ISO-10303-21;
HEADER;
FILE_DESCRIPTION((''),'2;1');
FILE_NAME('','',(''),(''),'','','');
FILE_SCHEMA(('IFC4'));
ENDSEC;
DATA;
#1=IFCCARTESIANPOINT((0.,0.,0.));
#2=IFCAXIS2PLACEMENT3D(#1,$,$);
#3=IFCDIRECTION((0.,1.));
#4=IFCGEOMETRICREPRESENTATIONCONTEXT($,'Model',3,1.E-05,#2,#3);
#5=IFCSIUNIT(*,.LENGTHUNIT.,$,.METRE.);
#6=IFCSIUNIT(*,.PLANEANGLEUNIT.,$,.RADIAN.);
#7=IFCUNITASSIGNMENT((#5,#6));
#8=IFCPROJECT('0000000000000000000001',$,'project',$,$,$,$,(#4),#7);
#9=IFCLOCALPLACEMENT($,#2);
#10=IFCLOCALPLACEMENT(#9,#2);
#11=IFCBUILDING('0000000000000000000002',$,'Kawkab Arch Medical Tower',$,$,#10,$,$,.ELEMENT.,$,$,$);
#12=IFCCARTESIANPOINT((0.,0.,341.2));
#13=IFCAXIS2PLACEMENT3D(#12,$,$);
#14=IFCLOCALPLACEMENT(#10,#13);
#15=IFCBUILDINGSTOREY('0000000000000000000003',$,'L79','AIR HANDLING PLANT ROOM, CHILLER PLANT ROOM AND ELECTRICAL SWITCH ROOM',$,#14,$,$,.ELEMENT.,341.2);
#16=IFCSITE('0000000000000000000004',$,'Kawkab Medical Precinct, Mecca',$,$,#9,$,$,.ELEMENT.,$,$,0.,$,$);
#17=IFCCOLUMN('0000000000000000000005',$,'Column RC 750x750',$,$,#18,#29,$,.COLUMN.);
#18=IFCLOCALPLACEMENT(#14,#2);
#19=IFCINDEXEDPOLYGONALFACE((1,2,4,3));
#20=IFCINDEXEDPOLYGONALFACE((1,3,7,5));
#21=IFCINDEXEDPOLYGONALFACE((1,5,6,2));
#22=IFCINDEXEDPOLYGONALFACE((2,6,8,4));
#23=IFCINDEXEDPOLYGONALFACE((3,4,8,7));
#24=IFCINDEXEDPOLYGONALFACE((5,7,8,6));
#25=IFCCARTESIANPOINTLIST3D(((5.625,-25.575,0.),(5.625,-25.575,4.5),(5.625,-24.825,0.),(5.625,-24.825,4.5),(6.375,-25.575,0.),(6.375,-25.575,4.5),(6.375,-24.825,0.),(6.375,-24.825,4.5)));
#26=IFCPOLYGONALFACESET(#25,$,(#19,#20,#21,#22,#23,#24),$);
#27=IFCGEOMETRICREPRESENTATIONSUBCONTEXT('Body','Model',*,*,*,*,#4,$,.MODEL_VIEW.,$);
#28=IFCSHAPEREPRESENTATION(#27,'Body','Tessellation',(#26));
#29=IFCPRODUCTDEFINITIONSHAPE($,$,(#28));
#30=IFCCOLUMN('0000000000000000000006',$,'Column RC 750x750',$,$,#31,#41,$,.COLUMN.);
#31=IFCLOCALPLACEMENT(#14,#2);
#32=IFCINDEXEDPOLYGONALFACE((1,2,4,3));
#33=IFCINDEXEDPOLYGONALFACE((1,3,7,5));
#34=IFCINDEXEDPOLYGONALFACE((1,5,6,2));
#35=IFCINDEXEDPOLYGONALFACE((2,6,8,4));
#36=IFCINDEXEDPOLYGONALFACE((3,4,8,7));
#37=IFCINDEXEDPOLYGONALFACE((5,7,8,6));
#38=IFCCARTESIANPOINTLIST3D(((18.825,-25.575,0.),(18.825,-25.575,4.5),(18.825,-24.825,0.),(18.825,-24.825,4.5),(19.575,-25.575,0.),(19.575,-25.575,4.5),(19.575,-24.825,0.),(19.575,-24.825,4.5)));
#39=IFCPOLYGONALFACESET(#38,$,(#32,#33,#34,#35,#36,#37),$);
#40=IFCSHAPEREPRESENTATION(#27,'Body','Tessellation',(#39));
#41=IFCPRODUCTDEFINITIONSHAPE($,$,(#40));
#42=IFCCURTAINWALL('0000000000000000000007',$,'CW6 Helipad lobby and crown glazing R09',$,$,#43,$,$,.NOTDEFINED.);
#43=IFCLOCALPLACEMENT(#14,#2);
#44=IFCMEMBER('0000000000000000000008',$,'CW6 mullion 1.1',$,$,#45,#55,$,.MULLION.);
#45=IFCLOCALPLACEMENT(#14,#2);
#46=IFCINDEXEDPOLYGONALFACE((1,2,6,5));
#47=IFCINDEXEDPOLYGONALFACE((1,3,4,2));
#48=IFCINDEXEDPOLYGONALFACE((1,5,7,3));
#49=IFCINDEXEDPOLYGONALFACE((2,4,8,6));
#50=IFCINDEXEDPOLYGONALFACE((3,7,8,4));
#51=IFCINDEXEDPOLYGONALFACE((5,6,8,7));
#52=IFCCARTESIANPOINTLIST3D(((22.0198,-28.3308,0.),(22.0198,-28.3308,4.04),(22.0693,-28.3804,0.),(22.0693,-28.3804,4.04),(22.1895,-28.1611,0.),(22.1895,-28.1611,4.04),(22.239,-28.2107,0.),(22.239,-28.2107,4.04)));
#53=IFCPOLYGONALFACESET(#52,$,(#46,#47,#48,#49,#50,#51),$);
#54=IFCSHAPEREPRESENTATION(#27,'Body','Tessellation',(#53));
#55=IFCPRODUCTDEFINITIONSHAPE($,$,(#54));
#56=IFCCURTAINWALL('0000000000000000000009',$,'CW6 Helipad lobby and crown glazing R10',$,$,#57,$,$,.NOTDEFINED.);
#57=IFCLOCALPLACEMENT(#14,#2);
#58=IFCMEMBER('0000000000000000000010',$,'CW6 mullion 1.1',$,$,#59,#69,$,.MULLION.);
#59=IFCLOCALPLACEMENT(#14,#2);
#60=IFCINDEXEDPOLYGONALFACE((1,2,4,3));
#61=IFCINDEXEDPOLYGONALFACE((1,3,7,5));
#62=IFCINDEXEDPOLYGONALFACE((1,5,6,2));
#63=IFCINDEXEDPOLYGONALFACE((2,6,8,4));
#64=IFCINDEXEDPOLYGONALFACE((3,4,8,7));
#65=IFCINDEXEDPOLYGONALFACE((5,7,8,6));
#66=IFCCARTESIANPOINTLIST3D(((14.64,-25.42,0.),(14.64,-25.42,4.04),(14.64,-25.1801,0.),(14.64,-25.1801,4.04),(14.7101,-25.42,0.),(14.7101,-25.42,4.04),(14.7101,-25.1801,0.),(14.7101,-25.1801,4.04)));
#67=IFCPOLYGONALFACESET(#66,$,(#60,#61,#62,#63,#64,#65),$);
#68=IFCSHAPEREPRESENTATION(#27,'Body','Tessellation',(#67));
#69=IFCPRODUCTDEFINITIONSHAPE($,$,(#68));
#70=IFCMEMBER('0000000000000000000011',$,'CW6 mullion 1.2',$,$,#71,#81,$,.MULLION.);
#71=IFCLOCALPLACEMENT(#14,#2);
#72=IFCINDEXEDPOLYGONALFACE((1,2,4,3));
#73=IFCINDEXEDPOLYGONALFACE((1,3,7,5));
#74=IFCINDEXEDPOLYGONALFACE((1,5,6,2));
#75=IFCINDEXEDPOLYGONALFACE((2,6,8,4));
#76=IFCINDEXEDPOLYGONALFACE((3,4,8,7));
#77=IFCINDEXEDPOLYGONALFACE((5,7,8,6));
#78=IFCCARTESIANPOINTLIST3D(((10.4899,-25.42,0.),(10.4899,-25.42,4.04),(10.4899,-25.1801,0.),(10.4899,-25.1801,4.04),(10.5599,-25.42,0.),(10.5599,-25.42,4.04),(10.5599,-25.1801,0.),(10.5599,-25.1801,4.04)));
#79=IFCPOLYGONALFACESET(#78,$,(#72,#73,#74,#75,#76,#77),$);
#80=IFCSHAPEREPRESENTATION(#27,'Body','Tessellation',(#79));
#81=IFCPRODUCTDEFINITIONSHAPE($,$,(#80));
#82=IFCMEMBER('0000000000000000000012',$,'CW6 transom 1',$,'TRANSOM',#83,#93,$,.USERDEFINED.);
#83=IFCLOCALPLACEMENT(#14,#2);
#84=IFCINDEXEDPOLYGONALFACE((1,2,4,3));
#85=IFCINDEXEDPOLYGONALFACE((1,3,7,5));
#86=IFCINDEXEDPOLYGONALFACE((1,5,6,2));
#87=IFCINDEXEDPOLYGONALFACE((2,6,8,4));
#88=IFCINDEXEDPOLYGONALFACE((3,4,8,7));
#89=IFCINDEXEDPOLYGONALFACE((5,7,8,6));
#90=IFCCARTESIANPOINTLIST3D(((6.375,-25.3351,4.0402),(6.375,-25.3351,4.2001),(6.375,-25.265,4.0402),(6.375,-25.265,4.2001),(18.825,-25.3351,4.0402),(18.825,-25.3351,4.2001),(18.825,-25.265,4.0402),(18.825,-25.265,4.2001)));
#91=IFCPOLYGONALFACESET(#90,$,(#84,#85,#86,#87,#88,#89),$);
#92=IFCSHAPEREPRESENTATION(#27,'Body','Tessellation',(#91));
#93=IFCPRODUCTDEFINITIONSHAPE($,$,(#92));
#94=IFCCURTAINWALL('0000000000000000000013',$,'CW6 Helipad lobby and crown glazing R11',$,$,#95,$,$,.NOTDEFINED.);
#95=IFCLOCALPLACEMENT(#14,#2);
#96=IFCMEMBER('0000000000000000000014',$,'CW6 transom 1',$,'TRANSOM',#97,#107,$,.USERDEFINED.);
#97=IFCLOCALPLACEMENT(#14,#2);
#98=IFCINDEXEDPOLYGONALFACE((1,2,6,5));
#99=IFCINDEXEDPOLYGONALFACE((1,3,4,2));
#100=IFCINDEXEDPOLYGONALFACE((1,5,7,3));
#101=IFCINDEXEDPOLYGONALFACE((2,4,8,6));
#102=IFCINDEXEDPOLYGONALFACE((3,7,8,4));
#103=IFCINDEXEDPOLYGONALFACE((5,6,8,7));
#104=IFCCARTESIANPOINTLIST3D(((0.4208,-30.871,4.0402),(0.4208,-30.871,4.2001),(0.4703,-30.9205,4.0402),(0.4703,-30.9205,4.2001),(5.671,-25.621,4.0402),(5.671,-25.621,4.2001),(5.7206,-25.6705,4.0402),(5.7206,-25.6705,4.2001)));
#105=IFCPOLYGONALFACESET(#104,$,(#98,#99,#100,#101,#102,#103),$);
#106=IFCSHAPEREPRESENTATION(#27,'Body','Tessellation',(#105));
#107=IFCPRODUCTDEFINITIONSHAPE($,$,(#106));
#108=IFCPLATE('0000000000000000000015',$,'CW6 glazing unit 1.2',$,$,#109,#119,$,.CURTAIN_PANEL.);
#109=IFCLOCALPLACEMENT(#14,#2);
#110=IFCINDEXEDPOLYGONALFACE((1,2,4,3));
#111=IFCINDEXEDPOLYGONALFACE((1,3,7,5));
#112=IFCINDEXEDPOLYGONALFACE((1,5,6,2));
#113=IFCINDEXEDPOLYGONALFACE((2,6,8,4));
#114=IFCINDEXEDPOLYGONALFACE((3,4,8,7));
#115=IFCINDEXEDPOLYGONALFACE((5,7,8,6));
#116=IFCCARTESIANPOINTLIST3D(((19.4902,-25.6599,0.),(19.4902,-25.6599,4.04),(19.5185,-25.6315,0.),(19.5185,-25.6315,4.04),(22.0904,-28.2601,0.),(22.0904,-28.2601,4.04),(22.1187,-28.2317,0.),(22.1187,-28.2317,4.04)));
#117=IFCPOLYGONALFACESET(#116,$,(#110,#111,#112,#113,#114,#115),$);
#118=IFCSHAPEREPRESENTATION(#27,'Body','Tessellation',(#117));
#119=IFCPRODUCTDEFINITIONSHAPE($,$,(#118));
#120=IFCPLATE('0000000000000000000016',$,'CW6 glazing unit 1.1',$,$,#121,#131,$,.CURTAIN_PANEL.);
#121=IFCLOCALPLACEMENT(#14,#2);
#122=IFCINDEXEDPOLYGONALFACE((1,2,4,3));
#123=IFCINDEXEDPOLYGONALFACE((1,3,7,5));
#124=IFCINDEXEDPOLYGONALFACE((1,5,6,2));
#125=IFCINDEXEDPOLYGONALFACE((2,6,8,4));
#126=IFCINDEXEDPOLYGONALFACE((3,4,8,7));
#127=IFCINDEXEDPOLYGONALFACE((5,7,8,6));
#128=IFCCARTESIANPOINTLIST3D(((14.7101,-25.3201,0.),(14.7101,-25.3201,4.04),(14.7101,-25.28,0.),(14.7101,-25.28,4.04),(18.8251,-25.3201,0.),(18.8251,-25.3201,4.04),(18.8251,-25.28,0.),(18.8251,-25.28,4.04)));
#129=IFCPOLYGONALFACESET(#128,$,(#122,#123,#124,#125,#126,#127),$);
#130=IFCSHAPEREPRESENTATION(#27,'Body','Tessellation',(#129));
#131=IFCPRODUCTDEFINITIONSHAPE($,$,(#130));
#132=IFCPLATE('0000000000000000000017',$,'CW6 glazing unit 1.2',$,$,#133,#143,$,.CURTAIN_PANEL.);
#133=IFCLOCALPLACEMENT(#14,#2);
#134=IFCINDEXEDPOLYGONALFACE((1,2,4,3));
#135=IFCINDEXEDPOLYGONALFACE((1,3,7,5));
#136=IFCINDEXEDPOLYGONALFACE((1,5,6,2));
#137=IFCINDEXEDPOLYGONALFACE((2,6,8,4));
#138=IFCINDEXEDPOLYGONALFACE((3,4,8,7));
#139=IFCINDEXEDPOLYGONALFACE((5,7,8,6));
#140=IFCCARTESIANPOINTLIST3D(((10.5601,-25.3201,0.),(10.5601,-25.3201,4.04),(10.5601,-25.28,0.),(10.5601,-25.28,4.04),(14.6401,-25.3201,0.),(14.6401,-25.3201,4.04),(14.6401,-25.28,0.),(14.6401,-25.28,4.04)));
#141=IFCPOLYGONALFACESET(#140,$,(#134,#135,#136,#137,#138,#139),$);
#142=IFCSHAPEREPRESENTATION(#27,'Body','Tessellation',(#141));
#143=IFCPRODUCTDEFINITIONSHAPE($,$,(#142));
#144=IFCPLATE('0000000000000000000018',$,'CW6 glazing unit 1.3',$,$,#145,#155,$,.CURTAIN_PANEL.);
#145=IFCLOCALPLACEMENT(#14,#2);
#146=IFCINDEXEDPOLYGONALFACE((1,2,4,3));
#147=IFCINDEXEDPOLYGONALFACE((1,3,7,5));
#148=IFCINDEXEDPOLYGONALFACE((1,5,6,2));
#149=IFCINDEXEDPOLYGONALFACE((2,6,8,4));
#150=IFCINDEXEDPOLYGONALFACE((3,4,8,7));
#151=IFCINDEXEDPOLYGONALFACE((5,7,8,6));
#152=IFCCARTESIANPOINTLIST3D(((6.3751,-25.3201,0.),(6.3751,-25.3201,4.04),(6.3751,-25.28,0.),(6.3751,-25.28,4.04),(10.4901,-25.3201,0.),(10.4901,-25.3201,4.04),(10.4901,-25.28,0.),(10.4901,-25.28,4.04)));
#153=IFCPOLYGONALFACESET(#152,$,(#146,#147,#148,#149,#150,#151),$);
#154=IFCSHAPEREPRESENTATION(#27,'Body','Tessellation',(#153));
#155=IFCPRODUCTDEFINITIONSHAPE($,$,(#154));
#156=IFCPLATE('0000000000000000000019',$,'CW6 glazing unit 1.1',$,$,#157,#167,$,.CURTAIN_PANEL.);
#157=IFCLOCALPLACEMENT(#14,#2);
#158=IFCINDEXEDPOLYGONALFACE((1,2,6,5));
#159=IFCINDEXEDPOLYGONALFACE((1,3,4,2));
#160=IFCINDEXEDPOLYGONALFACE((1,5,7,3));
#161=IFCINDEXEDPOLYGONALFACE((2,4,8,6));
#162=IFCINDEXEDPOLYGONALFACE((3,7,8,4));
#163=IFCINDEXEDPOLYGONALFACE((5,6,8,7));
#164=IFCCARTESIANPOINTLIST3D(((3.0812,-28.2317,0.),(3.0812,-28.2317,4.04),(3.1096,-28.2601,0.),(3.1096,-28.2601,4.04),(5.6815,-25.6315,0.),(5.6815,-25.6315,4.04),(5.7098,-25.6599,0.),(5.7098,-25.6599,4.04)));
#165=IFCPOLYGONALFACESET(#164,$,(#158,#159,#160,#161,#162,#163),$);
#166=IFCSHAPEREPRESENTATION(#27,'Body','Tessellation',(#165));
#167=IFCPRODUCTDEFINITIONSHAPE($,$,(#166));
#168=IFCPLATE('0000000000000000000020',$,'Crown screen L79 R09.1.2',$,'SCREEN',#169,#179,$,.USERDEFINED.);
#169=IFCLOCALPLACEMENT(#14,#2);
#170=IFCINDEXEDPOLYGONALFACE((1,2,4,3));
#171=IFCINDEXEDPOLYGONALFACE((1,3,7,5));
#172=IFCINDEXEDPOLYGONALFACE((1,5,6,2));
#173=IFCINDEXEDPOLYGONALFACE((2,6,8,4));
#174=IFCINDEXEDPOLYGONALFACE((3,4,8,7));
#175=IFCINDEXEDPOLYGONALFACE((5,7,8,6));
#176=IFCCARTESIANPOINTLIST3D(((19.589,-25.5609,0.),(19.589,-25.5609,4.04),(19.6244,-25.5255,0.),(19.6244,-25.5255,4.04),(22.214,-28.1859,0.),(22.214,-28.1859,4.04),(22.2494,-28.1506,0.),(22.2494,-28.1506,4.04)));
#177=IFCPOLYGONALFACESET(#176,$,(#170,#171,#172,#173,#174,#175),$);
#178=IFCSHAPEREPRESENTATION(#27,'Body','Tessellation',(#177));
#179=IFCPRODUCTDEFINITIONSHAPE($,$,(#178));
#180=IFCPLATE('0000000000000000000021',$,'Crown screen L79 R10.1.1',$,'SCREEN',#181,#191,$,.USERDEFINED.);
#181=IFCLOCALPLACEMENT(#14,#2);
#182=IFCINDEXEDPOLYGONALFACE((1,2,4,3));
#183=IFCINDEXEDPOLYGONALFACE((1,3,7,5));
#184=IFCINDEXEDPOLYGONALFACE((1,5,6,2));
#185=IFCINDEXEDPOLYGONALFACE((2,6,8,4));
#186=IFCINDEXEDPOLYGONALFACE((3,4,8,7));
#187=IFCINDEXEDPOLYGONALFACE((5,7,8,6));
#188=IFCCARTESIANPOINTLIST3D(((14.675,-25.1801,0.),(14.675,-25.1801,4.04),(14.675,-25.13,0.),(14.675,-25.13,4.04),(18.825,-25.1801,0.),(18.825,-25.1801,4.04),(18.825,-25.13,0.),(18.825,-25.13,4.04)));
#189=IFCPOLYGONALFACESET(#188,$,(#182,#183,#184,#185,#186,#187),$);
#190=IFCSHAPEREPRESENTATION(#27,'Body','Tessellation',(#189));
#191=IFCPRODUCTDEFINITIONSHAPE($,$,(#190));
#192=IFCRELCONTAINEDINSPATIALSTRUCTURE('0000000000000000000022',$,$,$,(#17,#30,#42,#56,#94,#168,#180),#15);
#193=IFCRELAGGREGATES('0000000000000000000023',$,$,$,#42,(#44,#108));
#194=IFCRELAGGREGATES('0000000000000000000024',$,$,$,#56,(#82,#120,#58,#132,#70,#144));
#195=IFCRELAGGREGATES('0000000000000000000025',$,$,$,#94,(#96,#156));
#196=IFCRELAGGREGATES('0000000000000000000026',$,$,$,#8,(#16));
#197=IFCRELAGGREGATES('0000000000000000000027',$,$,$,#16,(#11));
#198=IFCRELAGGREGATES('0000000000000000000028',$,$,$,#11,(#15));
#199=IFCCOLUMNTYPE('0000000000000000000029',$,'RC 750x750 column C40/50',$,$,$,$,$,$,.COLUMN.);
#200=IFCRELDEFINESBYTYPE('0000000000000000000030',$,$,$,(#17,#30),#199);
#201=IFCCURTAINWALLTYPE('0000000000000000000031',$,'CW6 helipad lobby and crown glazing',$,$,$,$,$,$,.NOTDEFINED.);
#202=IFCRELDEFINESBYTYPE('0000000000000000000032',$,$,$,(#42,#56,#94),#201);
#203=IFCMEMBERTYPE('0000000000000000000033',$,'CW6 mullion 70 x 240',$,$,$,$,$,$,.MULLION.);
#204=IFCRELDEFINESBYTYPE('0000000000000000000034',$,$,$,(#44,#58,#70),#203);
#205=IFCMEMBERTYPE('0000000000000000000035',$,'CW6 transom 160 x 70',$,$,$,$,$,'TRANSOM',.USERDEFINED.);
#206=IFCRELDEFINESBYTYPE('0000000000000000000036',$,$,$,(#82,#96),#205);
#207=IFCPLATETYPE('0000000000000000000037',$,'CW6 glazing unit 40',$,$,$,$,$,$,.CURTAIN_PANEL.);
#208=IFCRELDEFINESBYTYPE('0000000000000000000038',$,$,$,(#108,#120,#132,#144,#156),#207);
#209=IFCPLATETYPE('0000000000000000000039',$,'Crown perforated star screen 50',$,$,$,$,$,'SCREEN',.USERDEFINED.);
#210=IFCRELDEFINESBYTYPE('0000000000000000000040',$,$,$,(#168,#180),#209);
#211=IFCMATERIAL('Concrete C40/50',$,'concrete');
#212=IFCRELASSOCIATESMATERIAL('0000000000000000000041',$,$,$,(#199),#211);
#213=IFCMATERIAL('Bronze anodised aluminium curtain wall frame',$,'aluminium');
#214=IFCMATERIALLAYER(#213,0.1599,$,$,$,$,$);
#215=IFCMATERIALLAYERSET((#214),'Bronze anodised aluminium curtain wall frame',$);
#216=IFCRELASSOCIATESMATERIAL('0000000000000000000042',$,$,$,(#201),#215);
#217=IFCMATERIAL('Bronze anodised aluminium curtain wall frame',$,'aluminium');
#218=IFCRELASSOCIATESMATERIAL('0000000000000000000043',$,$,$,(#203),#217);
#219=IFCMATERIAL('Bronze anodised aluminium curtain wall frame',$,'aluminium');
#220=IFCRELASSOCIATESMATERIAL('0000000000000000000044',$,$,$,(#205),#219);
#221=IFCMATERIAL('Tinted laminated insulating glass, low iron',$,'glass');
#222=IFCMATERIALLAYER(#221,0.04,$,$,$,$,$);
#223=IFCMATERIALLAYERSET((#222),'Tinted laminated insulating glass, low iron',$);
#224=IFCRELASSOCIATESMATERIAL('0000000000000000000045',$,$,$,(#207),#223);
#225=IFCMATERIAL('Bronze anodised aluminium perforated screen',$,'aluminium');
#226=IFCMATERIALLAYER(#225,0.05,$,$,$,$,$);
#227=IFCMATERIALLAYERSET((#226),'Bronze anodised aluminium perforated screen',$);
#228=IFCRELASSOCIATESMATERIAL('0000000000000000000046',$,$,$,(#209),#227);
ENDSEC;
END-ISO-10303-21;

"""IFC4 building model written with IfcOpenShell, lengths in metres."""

from ifc_helpers import new_model, si_unit, direction, frame, origin, origin_2d, place, context, subcontext, project, spatial, rectangle, extrude, material, layer, layer_set, material_profile, profile_set, type_object, element, aggregate, save


model = new_model("IFC4")

# Units and contexts
model_context = context("Model", 3, precision=1e-05, world=origin(), true_north=direction((0.0, 1.0)))
body_context = subcontext(model_context, "Body", "Model", "MODEL_VIEW")
ifc_project = project(units=[si_unit("LENGTHUNIT", "METRE"), si_unit("PLANEANGLEUNIT", "RADIAN")], contexts=[model_context])

# Site, building, storey
site_placement = place(None, origin())
site = spatial("IfcSite", under=ifc_project, at=site_placement, Name="Kawkab Medical Precinct, Mecca", CompositionType="ELEMENT", RefElevation=0.0)
building_placement = place(site_placement, origin())
building = spatial("IfcBuilding", under=site, at=building_placement, Name="Kawkab Arch Medical Tower", CompositionType="ELEMENT")
storey_placement = place(building_placement, frame((0.0, 0.0, 341.2)))
storey = spatial("IfcBuildingStorey", under=building, at=storey_placement, Name="L79", Description="AIR HANDLING PLANT ROOM, CHILLER PLANT ROOM AND ELECTRICAL SWITCH ROOM", CompositionType="ELEMENT", Elevation=341.2)

# Columns
ifc_material_1 = material(Name="Concrete C40/50", Category="concrete")
ifc_material_profile_1 = material_profile(ifc_material_1, rectangle(XDim=0.75, YDim=0.75, at=origin_2d()), Name="RC 750x750")
ifc_profile_set_1 = profile_set([ifc_material_profile_1], Name="Concrete C40/50")
column_type = type_object("IfcColumnType", Name="RC 750x750 column C40/50", PredefinedType="COLUMN", material=ifc_profile_set_1)
for number, where, z_axis, x_axis, name in (
    (1, (6.0, -25.2, 0.0), (0.0, 0.0, 1.0), (1.0, 0.0, 0.0), "Column RC 750x750"),
    (2, (19.2, -25.2, 0.0), (0.0, 0.0, 1.0), (1.0, 0.0, 0.0), "Column RC 750x750"),
):
    element("IfcColumn", number, at=place(storey_placement, frame(where, z_axis=z_axis, x_axis=x_axis)), inside=storey, type_object=column_type, Name=name, PredefinedType="COLUMN", context=body_context, shape_type="SweptSolid", body=[
        extrude(rectangle(XDim=0.75, YDim=0.75, at=origin_2d()), origin(), (0.0, 0.0, 1.0), 4.5),
    ])

# Curtain wall, member
ifc_material_2 = material(Name="Bronze anodised aluminium curtain wall frame", Category="aluminium")
ifc_layer_1 = layer(ifc_material_2, 0.1599)
ifc_layer_set_1 = layer_set([ifc_layer_1], Name="Bronze anodised aluminium curtain wall frame")
curtain_wall_type = type_object("IfcCurtainWallType", Name="CW6 helipad lobby and crown glazing", PredefinedType="NOTDEFINED", material=ifc_layer_set_1)
placement_1 = place(storey_placement, origin())
curtain_wall_1 = element("IfcCurtainWall", 3, at=placement_1, inside=storey, type_object=curtain_wall_type, Name="CW6 Helipad lobby and crown glazing R09", PredefinedType="NOTDEFINED")
ifc_material_3 = material(Name="Bronze anodised aluminium curtain wall frame", Category="aluminium")
ifc_material_profile_2 = material_profile(ifc_material_3, rectangle(XDim=0.24, YDim=0.0701, at=origin_2d()), Name="AL 70x240")
ifc_profile_set_2 = profile_set([ifc_material_profile_2], Name="Bronze anodised aluminium curtain wall frame")
member_type_1 = type_object("IfcMemberType", Name="CW6 mullion 70 x 240", PredefinedType="MULLION", material=ifc_profile_set_2)
member_1_placement = place(storey_placement, frame((22.1294, -28.2708, 0.0), z_axis=(0.0, 0.0, 1.0), x_axis=(-0.707107, -0.707107, 0.0)))
member_1 = element("IfcMember", 4, at=member_1_placement, type_object=member_type_1, Name="CW6 mullion 1.1", PredefinedType="MULLION", context=body_context, shape_type="SweptSolid", body=[
    extrude(rectangle(XDim=0.24, YDim=0.0701, at=origin_2d()), origin(), (0.0, 0.0, 1.0), 4.04),
])

# Curtain wall, members
curtain_wall_2 = element("IfcCurtainWall", 5, at=placement_1, inside=storey, type_object=curtain_wall_type, Name="CW6 Helipad lobby and crown glazing R10", PredefinedType="NOTDEFINED")
member_2_placement = place(storey_placement, frame((14.675, -25.3, 0.0), z_axis=(0.0, 0.0, 1.0), x_axis=(0.0, -1.0, 0.0)))
member_2 = element("IfcMember", 6, at=member_2_placement, type_object=member_type_1, Name="CW6 mullion 1.1", PredefinedType="MULLION", context=body_context, shape_type="SweptSolid", body=[
    extrude(rectangle(XDim=0.24, YDim=0.0701, at=origin_2d()), origin(), (0.0, 0.0, 1.0), 4.04),
])
member_3_placement = place(storey_placement, frame((10.5249, -25.3, 0.0), z_axis=(0.0, 0.0, 1.0), x_axis=(0.0, -1.0, 0.0)))
member_3 = element("IfcMember", 7, at=member_3_placement, type_object=member_type_1, Name="CW6 mullion 1.2", PredefinedType="MULLION", context=body_context, shape_type="SweptSolid", body=[
    extrude(rectangle(XDim=0.24, YDim=0.0701, at=origin_2d()), origin(), (0.0, 0.0, 1.0), 4.04),
])
ifc_material_4 = material(Name="Bronze anodised aluminium curtain wall frame", Category="aluminium")
ifc_material_profile_3 = material_profile(ifc_material_4, rectangle(XDim=0.0701, YDim=0.1599, at=origin_2d()), Name="AL 70x160")
ifc_profile_set_3 = profile_set([ifc_material_profile_3], Name="Bronze anodised aluminium curtain wall frame")
member_type_2 = type_object("IfcMemberType", Name="CW6 transom 160 x 70", ElementType="TRANSOM", PredefinedType="USERDEFINED", material=ifc_profile_set_3)
member_4_placement = place(storey_placement, frame((18.825, -25.3, 4.1201), z_axis=(-1.0, 0.0, 0.0), x_axis=(0.0, -1.0, 0.0)))
member_4 = element("IfcMember", 8, at=member_4_placement, type_object=member_type_2, Name="CW6 transom 1", ObjectType="TRANSOM", PredefinedType="USERDEFINED", context=body_context, shape_type="SweptSolid", body=[
    extrude(rectangle(XDim=0.0701, YDim=0.1599, at=origin_2d()), origin(), (0.0, 0.0, 1.0), 12.45),
])

# Curtain wall, member
curtain_wall_3 = element("IfcCurtainWall", 9, at=placement_1, inside=storey, type_object=curtain_wall_type, Name="CW6 Helipad lobby and crown glazing R11", PredefinedType="NOTDEFINED")
member_5_placement = place(storey_placement, frame((5.6958, -25.6458, 4.1201), z_axis=(-0.707123, -0.70709, 0.0), x_axis=(0.70709, -0.707123, 0.0)))
member_5 = element("IfcMember", 10, at=member_5_placement, type_object=member_type_2, Name="CW6 transom 1", ObjectType="TRANSOM", PredefinedType="USERDEFINED", context=body_context, shape_type="SweptSolid", body=[
    extrude(rectangle(XDim=0.0701, YDim=0.1599, at=origin_2d()), origin(), (0.0, 0.0, 1.0), 7.4248),
])

# Plates
ifc_material_5 = material(Name="Tinted laminated insulating glass, low iron", Category="glass")
ifc_layer_2 = layer(ifc_material_5, 0.04)
ifc_layer_set_2 = layer_set([ifc_layer_2], Name="Tinted laminated insulating glass, low iron")
plate_type_1 = type_object("IfcPlateType", Name="CW6 glazing unit 40", PredefinedType="CURTAIN_PANEL", material=ifc_layer_set_2)
plate_1_placement = place(storey_placement, frame((20.8044, -26.9458, 0.0), z_axis=(0.0, 0.0, 1.0), x_axis=(-0.707107, 0.707107, 0.0)))
plate_1 = element("IfcPlate", 11, at=plate_1_placement, type_object=plate_type_1, Name="CW6 glazing unit 1.2", PredefinedType="CURTAIN_PANEL", context=body_context, shape_type="SweptSolid", body=[
    extrude(rectangle(XDim=3.6772, YDim=0.04, at=origin_2d()), origin(), (0.0, 0.0, 1.0), 4.04),
])
aggregate(curtain_wall_1, [member_1, plate_1])
plate_2_placement = place(storey_placement, frame((16.7676, -25.3, 0.0), z_axis=(0.0, 0.0, 1.0), x_axis=(-1.0, 0.0, 0.0)))
plate_2 = element("IfcPlate", 12, at=plate_2_placement, type_object=plate_type_1, Name="CW6 glazing unit 1.1", PredefinedType="CURTAIN_PANEL", context=body_context, shape_type="SweptSolid", body=[
    extrude(rectangle(XDim=4.115, YDim=0.04, at=origin_2d()), origin(), (0.0, 0.0, 1.0), 4.04),
])
plate_3_placement = place(storey_placement, frame((12.6001, -25.3, 0.0), z_axis=(0.0, 0.0, 1.0), x_axis=(-1.0, 0.0, 0.0)))
plate_3 = element("IfcPlate", 13, at=plate_3_placement, type_object=plate_type_1, Name="CW6 glazing unit 1.2", PredefinedType="CURTAIN_PANEL", context=body_context, shape_type="SweptSolid", body=[
    extrude(rectangle(XDim=4.0801, YDim=0.04, at=origin_2d()), origin(), (0.0, 0.0, 1.0), 4.04),
])
plate_4_placement = place(storey_placement, frame((8.4326, -25.3, 0.0), z_axis=(0.0, 0.0, 1.0), x_axis=(-1.0, 0.0, 0.0)))
plate_4 = element("IfcPlate", 14, at=plate_4_placement, type_object=plate_type_1, Name="CW6 glazing unit 1.3", PredefinedType="CURTAIN_PANEL", context=body_context, shape_type="SweptSolid", body=[
    extrude(rectangle(XDim=4.115, YDim=0.04, at=origin_2d()), origin(), (0.0, 0.0, 1.0), 4.04),
])
aggregate(curtain_wall_2, [member_4, plate_2, member_2, plate_3, member_3, plate_4])
plate_5_placement = place(storey_placement, frame((4.3955, -26.9458, 0.0), z_axis=(0.0, 0.0, 1.0), x_axis=(-0.707107, -0.707107, 0.0)))
plate_5 = element("IfcPlate", 15, at=plate_5_placement, type_object=plate_type_1, Name="CW6 glazing unit 1.1", PredefinedType="CURTAIN_PANEL", context=body_context, shape_type="SweptSolid", body=[
    extrude(rectangle(XDim=3.6772, YDim=0.04, at=origin_2d()), origin(), (0.0, 0.0, 1.0), 4.04),
])
aggregate(curtain_wall_3, [member_5, plate_5])

# Plates
ifc_material_6 = material(Name="Bronze anodised aluminium perforated screen", Category="aluminium")
ifc_layer_3 = layer(ifc_material_6, 0.05)
ifc_layer_set_3 = layer_set([ifc_layer_3], Name="Bronze anodised aluminium perforated screen")
plate_type_2 = type_object("IfcPlateType", Name="Crown perforated star screen 50", ElementType="SCREEN", PredefinedType="USERDEFINED", material=ifc_layer_set_3)
plate_6_placement = place(storey_placement, frame((20.9192, -26.8557, 0.0), z_axis=(0.0, 0.0, 1.0), x_axis=(-0.707107, 0.707107, 0.0)))
element("IfcPlate", 16, at=plate_6_placement, inside=storey, type_object=plate_type_2, Name="Crown screen L79 R09.1.2", ObjectType="SCREEN", PredefinedType="USERDEFINED", context=body_context, shape_type="SweptSolid", body=[
    extrude(rectangle(XDim=3.7124, YDim=0.05, at=origin_2d()), origin(), (0.0, 0.0, 1.0), 4.04),
])
for number, where, z_axis, x_axis, name in (
    (17, (16.75, -25.155, 0.0), (0.0, 0.0, 1.0), (-1.0, 0.0, 0.0), "Crown screen L79 R10.1.1"),
):
    element("IfcPlate", number, at=place(storey_placement, frame(where, z_axis=z_axis, x_axis=x_axis)), inside=storey, type_object=plate_type_2, Name=name, ObjectType="SCREEN", PredefinedType="USERDEFINED", context=body_context, shape_type="SweptSolid", body=[
        extrude(rectangle(XDim=4.1499, YDim=0.05, at=origin_2d()), origin(), (0.0, 0.0, 1.0), 4.04),
    ])

save(model, "model.ifc")
